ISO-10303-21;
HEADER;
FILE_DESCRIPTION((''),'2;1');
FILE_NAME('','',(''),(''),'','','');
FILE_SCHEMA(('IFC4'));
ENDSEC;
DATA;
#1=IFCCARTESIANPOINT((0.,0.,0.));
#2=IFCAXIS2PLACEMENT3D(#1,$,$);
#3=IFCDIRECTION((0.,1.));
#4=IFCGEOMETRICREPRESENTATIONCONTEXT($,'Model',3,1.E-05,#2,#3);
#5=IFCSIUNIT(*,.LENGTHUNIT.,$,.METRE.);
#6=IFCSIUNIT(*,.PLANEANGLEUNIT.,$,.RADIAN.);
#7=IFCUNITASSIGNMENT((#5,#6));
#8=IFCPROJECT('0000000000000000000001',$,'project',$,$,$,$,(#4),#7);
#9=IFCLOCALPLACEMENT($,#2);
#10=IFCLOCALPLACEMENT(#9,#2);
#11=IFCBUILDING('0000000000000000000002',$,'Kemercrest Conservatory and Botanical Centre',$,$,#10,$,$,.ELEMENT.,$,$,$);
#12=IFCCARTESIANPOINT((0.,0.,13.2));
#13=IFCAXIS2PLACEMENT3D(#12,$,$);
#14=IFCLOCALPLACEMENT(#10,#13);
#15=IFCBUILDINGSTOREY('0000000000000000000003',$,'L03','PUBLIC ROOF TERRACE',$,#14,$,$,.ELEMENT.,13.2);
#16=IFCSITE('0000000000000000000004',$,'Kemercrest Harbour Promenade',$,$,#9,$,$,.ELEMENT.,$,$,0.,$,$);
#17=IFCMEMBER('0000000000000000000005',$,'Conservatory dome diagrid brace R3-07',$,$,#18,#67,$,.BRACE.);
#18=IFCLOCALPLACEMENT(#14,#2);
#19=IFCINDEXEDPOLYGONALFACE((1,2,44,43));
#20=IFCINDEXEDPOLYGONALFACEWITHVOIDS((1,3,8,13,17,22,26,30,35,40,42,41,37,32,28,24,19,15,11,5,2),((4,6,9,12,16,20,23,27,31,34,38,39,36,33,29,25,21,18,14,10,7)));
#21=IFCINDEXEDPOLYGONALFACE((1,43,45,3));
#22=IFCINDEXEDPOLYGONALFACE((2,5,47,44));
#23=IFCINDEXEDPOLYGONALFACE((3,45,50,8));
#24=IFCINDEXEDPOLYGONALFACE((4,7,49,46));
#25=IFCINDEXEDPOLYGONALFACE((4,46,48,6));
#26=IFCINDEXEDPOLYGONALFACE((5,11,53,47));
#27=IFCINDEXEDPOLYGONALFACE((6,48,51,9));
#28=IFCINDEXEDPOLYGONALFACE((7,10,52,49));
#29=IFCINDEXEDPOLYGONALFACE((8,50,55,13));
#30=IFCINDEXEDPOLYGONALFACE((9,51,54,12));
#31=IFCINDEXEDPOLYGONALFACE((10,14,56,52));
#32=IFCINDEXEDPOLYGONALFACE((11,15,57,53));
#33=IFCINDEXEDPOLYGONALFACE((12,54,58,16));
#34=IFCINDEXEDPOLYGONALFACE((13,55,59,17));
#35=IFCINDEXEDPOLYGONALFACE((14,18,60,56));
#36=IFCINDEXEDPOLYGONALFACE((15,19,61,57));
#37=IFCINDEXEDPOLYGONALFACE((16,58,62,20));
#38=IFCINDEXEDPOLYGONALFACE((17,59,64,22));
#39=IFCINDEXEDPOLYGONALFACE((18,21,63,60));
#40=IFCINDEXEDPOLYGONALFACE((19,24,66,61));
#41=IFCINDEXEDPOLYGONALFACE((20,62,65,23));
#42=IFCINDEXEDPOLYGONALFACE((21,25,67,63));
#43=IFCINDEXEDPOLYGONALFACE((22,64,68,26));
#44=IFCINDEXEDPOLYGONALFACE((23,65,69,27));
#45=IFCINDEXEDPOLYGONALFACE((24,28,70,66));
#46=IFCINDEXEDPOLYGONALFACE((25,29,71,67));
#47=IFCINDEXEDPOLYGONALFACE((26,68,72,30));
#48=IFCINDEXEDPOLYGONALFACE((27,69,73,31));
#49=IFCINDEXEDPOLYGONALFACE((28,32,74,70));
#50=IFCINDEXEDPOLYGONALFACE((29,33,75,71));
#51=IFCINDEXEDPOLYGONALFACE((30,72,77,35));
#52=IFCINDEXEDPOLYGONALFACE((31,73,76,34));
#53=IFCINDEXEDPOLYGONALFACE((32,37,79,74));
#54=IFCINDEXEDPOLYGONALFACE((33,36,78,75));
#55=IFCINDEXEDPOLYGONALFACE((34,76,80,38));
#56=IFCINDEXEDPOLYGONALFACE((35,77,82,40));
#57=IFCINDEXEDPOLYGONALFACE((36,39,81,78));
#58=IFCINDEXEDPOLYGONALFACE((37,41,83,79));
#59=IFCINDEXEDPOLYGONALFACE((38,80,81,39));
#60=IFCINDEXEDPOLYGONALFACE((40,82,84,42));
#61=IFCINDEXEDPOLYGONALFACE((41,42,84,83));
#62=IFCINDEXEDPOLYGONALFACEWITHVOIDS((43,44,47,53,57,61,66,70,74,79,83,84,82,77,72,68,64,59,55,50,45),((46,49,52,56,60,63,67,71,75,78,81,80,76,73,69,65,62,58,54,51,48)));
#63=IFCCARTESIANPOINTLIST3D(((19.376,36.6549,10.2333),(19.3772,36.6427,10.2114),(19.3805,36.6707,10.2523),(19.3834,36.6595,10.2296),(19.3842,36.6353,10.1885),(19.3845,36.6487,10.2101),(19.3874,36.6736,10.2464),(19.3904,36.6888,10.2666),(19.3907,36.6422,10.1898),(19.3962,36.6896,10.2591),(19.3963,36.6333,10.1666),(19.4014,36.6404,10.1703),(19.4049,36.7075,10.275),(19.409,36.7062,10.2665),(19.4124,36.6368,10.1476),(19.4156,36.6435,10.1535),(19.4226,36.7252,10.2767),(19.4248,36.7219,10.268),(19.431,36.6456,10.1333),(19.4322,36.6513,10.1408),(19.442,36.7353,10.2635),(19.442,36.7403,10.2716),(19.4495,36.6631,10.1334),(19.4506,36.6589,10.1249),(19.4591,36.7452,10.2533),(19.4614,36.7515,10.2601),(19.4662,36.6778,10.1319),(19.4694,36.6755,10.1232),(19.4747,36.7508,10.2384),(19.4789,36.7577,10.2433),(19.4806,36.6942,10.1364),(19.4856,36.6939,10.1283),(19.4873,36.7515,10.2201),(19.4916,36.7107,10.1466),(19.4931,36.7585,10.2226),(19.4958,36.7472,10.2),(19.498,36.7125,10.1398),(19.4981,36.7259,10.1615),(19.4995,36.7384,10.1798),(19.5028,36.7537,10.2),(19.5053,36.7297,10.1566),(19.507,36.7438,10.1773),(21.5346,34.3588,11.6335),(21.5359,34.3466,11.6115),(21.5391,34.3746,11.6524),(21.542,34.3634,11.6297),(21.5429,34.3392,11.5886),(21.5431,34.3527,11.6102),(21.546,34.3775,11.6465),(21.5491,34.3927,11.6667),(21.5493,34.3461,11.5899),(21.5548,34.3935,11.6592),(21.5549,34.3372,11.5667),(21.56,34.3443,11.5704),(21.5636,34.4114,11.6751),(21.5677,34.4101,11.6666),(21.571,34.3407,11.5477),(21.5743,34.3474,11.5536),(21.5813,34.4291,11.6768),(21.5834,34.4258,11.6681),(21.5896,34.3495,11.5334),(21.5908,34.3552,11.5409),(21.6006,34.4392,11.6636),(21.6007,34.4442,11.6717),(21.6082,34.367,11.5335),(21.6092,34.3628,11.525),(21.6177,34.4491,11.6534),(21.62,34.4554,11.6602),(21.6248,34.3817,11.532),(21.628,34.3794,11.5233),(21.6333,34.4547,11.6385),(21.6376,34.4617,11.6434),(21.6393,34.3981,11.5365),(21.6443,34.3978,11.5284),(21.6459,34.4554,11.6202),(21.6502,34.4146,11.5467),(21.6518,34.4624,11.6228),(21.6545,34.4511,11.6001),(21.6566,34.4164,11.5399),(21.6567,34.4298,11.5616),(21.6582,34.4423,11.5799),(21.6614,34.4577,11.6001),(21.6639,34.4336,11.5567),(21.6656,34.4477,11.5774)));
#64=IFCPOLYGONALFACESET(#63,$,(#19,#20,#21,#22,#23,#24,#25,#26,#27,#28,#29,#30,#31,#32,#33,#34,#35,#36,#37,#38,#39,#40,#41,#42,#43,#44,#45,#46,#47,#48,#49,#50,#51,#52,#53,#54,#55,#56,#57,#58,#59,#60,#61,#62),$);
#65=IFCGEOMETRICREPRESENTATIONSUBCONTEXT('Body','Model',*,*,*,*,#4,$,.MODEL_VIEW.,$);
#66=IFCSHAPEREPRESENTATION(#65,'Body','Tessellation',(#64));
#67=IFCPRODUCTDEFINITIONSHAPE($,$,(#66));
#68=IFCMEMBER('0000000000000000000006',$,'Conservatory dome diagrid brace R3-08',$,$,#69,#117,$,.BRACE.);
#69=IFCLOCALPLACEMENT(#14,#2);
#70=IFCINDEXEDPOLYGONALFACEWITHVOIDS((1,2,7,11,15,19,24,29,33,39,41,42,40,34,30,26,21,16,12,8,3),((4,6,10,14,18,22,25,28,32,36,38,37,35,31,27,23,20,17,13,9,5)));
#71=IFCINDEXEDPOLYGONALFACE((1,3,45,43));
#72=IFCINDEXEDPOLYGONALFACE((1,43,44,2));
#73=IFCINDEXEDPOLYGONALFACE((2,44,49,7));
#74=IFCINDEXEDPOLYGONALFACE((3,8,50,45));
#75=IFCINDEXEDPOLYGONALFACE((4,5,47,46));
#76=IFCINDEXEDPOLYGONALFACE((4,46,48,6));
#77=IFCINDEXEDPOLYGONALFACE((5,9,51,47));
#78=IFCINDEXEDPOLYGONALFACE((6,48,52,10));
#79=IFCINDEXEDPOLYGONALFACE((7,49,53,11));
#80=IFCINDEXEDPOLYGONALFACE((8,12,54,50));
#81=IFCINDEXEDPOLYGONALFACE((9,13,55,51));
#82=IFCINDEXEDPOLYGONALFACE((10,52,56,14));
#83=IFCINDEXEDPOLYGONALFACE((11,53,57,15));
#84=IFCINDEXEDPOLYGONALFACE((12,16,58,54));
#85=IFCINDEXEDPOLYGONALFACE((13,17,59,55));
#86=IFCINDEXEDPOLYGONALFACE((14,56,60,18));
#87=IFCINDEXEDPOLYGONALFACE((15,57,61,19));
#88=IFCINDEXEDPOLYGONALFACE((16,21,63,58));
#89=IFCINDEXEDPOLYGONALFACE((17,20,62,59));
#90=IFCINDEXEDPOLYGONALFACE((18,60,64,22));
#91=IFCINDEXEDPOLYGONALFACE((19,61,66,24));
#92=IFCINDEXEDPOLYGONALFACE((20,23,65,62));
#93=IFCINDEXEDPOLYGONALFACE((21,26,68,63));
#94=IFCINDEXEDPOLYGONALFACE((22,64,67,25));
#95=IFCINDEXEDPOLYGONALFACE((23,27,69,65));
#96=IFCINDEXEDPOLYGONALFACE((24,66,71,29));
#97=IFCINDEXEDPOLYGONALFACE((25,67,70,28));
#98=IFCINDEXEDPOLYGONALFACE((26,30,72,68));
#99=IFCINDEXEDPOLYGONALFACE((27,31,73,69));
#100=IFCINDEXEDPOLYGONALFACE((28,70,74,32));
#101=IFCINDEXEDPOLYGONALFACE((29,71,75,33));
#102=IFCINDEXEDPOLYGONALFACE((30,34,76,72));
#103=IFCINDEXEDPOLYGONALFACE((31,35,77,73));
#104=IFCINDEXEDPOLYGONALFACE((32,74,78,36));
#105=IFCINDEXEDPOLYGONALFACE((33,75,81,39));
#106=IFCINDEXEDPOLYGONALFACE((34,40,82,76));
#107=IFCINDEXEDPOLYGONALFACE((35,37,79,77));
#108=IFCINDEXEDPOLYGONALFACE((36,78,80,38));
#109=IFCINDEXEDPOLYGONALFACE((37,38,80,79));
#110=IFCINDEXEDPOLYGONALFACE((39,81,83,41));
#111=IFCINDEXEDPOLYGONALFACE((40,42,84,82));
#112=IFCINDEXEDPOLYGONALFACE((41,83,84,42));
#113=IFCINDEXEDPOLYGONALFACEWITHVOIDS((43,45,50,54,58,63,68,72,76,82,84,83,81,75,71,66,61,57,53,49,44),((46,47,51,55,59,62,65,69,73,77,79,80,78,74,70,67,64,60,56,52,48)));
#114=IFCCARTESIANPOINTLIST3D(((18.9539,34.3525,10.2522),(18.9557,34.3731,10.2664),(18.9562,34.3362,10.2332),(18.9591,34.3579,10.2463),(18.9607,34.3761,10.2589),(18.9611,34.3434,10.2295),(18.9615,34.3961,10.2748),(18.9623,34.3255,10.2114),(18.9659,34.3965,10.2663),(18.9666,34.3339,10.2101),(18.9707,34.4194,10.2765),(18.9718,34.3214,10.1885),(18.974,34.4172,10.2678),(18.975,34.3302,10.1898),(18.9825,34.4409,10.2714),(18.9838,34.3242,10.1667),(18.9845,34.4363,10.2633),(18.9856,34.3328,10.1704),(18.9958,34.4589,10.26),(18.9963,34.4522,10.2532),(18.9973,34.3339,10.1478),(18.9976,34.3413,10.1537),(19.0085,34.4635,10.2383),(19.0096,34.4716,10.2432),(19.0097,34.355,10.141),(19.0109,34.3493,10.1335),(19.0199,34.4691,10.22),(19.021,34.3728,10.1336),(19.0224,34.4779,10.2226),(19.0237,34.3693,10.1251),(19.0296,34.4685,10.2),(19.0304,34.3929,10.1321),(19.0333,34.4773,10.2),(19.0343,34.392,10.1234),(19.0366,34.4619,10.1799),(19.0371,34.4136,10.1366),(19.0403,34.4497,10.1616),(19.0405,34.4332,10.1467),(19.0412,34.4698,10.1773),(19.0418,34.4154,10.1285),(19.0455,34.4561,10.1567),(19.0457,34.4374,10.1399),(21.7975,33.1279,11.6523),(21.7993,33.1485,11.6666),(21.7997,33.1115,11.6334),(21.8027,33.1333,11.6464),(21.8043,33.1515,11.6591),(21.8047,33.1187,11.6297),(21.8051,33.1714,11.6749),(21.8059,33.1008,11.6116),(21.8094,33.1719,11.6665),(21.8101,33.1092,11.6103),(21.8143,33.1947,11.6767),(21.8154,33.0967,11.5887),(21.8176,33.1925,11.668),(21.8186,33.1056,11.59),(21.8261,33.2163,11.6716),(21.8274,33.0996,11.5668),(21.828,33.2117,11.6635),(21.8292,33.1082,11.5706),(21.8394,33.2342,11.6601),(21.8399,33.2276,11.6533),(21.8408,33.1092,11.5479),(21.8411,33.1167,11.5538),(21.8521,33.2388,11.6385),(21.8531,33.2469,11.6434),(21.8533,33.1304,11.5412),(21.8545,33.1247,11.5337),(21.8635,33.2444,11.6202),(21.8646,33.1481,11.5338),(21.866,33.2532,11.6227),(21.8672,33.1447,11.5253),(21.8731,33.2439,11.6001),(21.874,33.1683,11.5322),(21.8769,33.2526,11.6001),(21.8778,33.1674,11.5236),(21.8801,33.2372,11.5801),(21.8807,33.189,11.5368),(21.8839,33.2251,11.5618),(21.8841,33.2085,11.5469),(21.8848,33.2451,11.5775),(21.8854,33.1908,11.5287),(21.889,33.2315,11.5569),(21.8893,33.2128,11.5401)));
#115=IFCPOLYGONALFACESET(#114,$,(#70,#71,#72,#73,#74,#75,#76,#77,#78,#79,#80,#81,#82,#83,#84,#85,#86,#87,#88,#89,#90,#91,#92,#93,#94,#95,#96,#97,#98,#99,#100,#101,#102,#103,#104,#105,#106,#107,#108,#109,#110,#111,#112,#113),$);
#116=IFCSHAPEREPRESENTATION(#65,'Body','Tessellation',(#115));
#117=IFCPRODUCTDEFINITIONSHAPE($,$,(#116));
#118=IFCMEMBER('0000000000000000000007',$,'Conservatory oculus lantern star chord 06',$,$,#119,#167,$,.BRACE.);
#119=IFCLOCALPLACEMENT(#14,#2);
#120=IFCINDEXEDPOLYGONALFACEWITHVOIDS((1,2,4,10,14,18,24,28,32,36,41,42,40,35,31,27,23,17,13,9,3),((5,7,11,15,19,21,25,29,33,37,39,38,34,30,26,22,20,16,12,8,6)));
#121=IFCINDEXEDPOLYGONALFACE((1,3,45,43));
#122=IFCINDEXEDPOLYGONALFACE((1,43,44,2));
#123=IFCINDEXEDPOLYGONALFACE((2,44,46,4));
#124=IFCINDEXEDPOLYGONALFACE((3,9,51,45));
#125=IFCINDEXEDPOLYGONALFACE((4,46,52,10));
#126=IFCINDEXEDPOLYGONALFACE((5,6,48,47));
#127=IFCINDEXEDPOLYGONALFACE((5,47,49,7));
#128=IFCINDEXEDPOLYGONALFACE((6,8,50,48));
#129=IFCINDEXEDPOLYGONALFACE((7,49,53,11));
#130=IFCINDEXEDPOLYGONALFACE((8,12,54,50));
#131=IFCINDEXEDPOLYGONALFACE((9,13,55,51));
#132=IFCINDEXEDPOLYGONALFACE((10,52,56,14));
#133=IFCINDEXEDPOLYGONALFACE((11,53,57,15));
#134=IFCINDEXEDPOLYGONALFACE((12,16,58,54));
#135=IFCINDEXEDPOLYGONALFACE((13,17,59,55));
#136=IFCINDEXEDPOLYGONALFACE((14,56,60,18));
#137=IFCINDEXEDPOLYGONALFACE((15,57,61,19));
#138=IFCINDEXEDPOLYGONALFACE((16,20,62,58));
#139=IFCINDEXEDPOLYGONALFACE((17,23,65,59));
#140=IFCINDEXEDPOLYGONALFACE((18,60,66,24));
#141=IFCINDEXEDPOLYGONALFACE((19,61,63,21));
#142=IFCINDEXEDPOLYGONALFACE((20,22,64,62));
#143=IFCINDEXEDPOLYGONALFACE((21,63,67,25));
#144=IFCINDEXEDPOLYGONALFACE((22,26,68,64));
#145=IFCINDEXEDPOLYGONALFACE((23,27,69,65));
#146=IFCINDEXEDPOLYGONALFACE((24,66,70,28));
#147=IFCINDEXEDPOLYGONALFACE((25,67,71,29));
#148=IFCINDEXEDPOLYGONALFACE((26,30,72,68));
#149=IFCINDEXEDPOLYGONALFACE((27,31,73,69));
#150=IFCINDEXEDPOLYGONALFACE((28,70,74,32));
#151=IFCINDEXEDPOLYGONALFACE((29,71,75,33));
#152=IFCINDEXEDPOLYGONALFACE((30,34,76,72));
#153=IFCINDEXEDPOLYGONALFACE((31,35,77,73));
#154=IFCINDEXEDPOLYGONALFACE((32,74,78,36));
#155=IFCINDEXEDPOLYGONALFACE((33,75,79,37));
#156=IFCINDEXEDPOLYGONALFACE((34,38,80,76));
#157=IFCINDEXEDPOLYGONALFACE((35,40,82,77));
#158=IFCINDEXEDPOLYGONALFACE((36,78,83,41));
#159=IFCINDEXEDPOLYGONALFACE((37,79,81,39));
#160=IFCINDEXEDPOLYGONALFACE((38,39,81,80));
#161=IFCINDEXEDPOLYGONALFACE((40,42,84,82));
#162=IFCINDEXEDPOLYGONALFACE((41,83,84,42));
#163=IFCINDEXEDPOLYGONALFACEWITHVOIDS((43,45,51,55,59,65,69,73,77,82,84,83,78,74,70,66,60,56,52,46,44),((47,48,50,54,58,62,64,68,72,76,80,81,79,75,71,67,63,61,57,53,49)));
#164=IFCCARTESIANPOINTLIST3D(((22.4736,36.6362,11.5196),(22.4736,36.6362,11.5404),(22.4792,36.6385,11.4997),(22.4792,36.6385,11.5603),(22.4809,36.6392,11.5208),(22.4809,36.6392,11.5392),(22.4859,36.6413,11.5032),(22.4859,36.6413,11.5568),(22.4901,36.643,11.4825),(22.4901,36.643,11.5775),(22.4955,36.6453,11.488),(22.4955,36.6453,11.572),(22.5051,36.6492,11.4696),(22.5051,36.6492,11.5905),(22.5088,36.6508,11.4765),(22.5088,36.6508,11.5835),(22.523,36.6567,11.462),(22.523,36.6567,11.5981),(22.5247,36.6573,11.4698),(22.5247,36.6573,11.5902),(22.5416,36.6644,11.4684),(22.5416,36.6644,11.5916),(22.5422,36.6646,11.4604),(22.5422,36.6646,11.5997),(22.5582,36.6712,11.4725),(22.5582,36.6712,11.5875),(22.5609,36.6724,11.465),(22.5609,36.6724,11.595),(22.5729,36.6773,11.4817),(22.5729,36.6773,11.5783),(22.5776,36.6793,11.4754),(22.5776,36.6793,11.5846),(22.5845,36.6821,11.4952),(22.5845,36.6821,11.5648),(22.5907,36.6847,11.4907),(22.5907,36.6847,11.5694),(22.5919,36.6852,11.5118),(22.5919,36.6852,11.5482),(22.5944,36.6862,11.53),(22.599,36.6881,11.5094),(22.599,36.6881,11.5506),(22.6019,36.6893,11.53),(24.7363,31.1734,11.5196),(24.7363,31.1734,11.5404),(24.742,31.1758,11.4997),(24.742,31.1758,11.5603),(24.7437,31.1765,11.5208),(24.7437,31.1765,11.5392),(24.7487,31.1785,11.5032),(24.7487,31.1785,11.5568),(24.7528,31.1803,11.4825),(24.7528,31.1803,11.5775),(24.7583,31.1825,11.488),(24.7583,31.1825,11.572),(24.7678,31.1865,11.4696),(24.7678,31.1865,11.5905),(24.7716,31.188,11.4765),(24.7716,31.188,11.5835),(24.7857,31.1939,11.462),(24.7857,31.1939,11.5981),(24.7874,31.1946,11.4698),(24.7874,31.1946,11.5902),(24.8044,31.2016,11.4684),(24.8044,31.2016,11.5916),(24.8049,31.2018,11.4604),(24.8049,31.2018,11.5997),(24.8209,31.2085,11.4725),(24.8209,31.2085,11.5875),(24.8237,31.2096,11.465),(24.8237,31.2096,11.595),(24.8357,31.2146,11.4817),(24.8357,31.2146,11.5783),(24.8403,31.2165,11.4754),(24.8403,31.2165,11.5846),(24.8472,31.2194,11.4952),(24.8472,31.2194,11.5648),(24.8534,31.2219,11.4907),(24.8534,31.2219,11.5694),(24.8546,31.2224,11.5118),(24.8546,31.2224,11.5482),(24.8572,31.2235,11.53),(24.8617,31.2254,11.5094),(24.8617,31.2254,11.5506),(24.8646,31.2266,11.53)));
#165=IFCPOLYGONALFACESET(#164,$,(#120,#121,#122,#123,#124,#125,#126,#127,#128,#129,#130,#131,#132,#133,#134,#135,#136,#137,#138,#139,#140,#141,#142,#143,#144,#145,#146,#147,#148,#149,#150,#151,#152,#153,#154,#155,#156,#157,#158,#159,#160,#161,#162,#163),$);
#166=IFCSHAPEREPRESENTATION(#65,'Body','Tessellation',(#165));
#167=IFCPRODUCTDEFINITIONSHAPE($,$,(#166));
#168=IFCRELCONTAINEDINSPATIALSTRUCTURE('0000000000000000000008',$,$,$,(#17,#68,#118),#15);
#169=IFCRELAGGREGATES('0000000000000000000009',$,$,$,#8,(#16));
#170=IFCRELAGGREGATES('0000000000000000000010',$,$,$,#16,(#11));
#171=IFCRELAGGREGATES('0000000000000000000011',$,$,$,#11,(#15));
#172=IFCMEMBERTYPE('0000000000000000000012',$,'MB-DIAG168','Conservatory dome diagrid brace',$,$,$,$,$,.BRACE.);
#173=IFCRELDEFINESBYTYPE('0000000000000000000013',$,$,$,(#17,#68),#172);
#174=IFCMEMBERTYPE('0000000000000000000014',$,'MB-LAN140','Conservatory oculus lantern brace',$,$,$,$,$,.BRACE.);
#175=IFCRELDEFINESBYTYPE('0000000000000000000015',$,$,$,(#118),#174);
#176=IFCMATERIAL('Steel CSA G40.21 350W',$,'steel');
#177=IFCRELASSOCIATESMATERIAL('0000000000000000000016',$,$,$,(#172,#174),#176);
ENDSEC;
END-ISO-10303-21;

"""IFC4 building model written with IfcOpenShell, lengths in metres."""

from ifc_helpers import new_model, si_unit, direction, frame, origin, origin_2d, place, context, subcontext, project, spatial, hollow_circle, extrude, material, material_profile, profile_set, type_object, element, save


model = new_model("IFC4")

# Units and contexts
model_context = context("Model", 3, precision=1e-05, world=origin(), true_north=direction((0.0, 1.0)))
body_context = subcontext(model_context, "Body", "Model", "MODEL_VIEW")
ifc_project = project(units=[si_unit("LENGTHUNIT", "METRE"), si_unit("PLANEANGLEUNIT", "RADIAN")], contexts=[model_context])

# Site, building, storey
site_placement = place(None, origin())
site = spatial("IfcSite", under=ifc_project, at=site_placement, Name="Kemercrest Harbour Promenade", CompositionType="ELEMENT", RefElevation=0.0)
building_placement = place(site_placement, origin())
building = spatial("IfcBuilding", under=site, at=building_placement, Name="Kemercrest Conservatory and Botanical Centre", CompositionType="ELEMENT")
storey_placement = place(building_placement, frame((0.0, 0.0, 13.2)))
storey = spatial("IfcBuildingStorey", under=building, at=storey_placement, Name="L03", Description="PUBLIC ROOF TERRACE", CompositionType="ELEMENT", Elevation=13.2)

# Shared definitions
ifc_material_1 = material(Name="Steel CSA G40.21 350W", Category="steel")

# Members
ifc_material_profile_1 = material_profile(ifc_material_1, hollow_circle(Radius=0.0842, WallThickness=0.0095, at=origin_2d()), Name="CHS 168.3x9.5")
ifc_profile_set_1 = profile_set([ifc_material_profile_1], Name="Steel CSA G40.21 350W")
member_type_1 = type_object("IfcMemberType", Name="MB-DIAG168", Description="Conservatory dome diagrid brace", PredefinedType="BRACE", material=ifc_profile_set_1)
member_1_placement = place(storey_placement, frame((19.4414, 36.696, 10.2), z_axis=(0.625967, -0.665825, 0.406008), x_axis=(0.728577, 0.684963, 0.0)))
element("IfcMember", 1, at=member_1_placement, inside=storey, type_object=member_type_1, Name="Conservatory dome diagrid brace R3-07", PredefinedType="BRACE", context=body_context, shape_type="SweptSolid", body=[
    extrude(hollow_circle(Radius=0.0842, WallThickness=0.0095, at=origin_2d()), origin(), (0.0, 0.0, 1.0), 3.4485),
])
member_2_placement = place(storey_placement, frame((19.0, 34.3999, 10.2), z_axis=(0.836846, -0.360404, 0.412064), x_axis=(0.395546, 0.918446, 0.0)))
element("IfcMember", 2, at=member_2_placement, inside=storey, type_object=member_type_1, Name="Conservatory dome diagrid brace R3-08", PredefinedType="BRACE", context=body_context, shape_type="SweptSolid", body=[
    extrude(hollow_circle(Radius=0.0842, WallThickness=0.0095, at=origin_2d()), origin(), (0.0, 0.0, 1.0), 3.3979),
])
ifc_material_profile_2 = material_profile(ifc_material_1, hollow_circle(Radius=0.0698, WallThickness=0.0081, at=origin_2d()), Name="CHS 139.7x8.0")
ifc_profile_set_2 = profile_set([ifc_material_profile_2], Name="Steel CSA G40.21 350W")
member_type_2 = type_object("IfcMemberType", Name="MB-LAN140", Description="Conservatory oculus lantern brace", PredefinedType="BRACE", material=ifc_profile_set_2)
for number, where, z_axis, x_axis, name in (
    (3, (22.5374, 36.6626, 11.53), (0.382682, -0.92388, 0.0), (0.92388, 0.382682, 0.0), "Conservatory oculus lantern star chord 06"),
):
    element("IfcMember", number, at=place(storey_placement, frame(where, z_axis=z_axis, x_axis=x_axis)), inside=storey, type_object=member_type_2, Name=name, PredefinedType="BRACE", context=body_context, shape_type="SweptSolid", body=[
        extrude(hollow_circle(Radius=0.0698, WallThickness=0.0081, at=origin_2d()), origin(), (0.0, 0.0, 1.0), 5.9128),
    ])

save(model, "model.ifc")
